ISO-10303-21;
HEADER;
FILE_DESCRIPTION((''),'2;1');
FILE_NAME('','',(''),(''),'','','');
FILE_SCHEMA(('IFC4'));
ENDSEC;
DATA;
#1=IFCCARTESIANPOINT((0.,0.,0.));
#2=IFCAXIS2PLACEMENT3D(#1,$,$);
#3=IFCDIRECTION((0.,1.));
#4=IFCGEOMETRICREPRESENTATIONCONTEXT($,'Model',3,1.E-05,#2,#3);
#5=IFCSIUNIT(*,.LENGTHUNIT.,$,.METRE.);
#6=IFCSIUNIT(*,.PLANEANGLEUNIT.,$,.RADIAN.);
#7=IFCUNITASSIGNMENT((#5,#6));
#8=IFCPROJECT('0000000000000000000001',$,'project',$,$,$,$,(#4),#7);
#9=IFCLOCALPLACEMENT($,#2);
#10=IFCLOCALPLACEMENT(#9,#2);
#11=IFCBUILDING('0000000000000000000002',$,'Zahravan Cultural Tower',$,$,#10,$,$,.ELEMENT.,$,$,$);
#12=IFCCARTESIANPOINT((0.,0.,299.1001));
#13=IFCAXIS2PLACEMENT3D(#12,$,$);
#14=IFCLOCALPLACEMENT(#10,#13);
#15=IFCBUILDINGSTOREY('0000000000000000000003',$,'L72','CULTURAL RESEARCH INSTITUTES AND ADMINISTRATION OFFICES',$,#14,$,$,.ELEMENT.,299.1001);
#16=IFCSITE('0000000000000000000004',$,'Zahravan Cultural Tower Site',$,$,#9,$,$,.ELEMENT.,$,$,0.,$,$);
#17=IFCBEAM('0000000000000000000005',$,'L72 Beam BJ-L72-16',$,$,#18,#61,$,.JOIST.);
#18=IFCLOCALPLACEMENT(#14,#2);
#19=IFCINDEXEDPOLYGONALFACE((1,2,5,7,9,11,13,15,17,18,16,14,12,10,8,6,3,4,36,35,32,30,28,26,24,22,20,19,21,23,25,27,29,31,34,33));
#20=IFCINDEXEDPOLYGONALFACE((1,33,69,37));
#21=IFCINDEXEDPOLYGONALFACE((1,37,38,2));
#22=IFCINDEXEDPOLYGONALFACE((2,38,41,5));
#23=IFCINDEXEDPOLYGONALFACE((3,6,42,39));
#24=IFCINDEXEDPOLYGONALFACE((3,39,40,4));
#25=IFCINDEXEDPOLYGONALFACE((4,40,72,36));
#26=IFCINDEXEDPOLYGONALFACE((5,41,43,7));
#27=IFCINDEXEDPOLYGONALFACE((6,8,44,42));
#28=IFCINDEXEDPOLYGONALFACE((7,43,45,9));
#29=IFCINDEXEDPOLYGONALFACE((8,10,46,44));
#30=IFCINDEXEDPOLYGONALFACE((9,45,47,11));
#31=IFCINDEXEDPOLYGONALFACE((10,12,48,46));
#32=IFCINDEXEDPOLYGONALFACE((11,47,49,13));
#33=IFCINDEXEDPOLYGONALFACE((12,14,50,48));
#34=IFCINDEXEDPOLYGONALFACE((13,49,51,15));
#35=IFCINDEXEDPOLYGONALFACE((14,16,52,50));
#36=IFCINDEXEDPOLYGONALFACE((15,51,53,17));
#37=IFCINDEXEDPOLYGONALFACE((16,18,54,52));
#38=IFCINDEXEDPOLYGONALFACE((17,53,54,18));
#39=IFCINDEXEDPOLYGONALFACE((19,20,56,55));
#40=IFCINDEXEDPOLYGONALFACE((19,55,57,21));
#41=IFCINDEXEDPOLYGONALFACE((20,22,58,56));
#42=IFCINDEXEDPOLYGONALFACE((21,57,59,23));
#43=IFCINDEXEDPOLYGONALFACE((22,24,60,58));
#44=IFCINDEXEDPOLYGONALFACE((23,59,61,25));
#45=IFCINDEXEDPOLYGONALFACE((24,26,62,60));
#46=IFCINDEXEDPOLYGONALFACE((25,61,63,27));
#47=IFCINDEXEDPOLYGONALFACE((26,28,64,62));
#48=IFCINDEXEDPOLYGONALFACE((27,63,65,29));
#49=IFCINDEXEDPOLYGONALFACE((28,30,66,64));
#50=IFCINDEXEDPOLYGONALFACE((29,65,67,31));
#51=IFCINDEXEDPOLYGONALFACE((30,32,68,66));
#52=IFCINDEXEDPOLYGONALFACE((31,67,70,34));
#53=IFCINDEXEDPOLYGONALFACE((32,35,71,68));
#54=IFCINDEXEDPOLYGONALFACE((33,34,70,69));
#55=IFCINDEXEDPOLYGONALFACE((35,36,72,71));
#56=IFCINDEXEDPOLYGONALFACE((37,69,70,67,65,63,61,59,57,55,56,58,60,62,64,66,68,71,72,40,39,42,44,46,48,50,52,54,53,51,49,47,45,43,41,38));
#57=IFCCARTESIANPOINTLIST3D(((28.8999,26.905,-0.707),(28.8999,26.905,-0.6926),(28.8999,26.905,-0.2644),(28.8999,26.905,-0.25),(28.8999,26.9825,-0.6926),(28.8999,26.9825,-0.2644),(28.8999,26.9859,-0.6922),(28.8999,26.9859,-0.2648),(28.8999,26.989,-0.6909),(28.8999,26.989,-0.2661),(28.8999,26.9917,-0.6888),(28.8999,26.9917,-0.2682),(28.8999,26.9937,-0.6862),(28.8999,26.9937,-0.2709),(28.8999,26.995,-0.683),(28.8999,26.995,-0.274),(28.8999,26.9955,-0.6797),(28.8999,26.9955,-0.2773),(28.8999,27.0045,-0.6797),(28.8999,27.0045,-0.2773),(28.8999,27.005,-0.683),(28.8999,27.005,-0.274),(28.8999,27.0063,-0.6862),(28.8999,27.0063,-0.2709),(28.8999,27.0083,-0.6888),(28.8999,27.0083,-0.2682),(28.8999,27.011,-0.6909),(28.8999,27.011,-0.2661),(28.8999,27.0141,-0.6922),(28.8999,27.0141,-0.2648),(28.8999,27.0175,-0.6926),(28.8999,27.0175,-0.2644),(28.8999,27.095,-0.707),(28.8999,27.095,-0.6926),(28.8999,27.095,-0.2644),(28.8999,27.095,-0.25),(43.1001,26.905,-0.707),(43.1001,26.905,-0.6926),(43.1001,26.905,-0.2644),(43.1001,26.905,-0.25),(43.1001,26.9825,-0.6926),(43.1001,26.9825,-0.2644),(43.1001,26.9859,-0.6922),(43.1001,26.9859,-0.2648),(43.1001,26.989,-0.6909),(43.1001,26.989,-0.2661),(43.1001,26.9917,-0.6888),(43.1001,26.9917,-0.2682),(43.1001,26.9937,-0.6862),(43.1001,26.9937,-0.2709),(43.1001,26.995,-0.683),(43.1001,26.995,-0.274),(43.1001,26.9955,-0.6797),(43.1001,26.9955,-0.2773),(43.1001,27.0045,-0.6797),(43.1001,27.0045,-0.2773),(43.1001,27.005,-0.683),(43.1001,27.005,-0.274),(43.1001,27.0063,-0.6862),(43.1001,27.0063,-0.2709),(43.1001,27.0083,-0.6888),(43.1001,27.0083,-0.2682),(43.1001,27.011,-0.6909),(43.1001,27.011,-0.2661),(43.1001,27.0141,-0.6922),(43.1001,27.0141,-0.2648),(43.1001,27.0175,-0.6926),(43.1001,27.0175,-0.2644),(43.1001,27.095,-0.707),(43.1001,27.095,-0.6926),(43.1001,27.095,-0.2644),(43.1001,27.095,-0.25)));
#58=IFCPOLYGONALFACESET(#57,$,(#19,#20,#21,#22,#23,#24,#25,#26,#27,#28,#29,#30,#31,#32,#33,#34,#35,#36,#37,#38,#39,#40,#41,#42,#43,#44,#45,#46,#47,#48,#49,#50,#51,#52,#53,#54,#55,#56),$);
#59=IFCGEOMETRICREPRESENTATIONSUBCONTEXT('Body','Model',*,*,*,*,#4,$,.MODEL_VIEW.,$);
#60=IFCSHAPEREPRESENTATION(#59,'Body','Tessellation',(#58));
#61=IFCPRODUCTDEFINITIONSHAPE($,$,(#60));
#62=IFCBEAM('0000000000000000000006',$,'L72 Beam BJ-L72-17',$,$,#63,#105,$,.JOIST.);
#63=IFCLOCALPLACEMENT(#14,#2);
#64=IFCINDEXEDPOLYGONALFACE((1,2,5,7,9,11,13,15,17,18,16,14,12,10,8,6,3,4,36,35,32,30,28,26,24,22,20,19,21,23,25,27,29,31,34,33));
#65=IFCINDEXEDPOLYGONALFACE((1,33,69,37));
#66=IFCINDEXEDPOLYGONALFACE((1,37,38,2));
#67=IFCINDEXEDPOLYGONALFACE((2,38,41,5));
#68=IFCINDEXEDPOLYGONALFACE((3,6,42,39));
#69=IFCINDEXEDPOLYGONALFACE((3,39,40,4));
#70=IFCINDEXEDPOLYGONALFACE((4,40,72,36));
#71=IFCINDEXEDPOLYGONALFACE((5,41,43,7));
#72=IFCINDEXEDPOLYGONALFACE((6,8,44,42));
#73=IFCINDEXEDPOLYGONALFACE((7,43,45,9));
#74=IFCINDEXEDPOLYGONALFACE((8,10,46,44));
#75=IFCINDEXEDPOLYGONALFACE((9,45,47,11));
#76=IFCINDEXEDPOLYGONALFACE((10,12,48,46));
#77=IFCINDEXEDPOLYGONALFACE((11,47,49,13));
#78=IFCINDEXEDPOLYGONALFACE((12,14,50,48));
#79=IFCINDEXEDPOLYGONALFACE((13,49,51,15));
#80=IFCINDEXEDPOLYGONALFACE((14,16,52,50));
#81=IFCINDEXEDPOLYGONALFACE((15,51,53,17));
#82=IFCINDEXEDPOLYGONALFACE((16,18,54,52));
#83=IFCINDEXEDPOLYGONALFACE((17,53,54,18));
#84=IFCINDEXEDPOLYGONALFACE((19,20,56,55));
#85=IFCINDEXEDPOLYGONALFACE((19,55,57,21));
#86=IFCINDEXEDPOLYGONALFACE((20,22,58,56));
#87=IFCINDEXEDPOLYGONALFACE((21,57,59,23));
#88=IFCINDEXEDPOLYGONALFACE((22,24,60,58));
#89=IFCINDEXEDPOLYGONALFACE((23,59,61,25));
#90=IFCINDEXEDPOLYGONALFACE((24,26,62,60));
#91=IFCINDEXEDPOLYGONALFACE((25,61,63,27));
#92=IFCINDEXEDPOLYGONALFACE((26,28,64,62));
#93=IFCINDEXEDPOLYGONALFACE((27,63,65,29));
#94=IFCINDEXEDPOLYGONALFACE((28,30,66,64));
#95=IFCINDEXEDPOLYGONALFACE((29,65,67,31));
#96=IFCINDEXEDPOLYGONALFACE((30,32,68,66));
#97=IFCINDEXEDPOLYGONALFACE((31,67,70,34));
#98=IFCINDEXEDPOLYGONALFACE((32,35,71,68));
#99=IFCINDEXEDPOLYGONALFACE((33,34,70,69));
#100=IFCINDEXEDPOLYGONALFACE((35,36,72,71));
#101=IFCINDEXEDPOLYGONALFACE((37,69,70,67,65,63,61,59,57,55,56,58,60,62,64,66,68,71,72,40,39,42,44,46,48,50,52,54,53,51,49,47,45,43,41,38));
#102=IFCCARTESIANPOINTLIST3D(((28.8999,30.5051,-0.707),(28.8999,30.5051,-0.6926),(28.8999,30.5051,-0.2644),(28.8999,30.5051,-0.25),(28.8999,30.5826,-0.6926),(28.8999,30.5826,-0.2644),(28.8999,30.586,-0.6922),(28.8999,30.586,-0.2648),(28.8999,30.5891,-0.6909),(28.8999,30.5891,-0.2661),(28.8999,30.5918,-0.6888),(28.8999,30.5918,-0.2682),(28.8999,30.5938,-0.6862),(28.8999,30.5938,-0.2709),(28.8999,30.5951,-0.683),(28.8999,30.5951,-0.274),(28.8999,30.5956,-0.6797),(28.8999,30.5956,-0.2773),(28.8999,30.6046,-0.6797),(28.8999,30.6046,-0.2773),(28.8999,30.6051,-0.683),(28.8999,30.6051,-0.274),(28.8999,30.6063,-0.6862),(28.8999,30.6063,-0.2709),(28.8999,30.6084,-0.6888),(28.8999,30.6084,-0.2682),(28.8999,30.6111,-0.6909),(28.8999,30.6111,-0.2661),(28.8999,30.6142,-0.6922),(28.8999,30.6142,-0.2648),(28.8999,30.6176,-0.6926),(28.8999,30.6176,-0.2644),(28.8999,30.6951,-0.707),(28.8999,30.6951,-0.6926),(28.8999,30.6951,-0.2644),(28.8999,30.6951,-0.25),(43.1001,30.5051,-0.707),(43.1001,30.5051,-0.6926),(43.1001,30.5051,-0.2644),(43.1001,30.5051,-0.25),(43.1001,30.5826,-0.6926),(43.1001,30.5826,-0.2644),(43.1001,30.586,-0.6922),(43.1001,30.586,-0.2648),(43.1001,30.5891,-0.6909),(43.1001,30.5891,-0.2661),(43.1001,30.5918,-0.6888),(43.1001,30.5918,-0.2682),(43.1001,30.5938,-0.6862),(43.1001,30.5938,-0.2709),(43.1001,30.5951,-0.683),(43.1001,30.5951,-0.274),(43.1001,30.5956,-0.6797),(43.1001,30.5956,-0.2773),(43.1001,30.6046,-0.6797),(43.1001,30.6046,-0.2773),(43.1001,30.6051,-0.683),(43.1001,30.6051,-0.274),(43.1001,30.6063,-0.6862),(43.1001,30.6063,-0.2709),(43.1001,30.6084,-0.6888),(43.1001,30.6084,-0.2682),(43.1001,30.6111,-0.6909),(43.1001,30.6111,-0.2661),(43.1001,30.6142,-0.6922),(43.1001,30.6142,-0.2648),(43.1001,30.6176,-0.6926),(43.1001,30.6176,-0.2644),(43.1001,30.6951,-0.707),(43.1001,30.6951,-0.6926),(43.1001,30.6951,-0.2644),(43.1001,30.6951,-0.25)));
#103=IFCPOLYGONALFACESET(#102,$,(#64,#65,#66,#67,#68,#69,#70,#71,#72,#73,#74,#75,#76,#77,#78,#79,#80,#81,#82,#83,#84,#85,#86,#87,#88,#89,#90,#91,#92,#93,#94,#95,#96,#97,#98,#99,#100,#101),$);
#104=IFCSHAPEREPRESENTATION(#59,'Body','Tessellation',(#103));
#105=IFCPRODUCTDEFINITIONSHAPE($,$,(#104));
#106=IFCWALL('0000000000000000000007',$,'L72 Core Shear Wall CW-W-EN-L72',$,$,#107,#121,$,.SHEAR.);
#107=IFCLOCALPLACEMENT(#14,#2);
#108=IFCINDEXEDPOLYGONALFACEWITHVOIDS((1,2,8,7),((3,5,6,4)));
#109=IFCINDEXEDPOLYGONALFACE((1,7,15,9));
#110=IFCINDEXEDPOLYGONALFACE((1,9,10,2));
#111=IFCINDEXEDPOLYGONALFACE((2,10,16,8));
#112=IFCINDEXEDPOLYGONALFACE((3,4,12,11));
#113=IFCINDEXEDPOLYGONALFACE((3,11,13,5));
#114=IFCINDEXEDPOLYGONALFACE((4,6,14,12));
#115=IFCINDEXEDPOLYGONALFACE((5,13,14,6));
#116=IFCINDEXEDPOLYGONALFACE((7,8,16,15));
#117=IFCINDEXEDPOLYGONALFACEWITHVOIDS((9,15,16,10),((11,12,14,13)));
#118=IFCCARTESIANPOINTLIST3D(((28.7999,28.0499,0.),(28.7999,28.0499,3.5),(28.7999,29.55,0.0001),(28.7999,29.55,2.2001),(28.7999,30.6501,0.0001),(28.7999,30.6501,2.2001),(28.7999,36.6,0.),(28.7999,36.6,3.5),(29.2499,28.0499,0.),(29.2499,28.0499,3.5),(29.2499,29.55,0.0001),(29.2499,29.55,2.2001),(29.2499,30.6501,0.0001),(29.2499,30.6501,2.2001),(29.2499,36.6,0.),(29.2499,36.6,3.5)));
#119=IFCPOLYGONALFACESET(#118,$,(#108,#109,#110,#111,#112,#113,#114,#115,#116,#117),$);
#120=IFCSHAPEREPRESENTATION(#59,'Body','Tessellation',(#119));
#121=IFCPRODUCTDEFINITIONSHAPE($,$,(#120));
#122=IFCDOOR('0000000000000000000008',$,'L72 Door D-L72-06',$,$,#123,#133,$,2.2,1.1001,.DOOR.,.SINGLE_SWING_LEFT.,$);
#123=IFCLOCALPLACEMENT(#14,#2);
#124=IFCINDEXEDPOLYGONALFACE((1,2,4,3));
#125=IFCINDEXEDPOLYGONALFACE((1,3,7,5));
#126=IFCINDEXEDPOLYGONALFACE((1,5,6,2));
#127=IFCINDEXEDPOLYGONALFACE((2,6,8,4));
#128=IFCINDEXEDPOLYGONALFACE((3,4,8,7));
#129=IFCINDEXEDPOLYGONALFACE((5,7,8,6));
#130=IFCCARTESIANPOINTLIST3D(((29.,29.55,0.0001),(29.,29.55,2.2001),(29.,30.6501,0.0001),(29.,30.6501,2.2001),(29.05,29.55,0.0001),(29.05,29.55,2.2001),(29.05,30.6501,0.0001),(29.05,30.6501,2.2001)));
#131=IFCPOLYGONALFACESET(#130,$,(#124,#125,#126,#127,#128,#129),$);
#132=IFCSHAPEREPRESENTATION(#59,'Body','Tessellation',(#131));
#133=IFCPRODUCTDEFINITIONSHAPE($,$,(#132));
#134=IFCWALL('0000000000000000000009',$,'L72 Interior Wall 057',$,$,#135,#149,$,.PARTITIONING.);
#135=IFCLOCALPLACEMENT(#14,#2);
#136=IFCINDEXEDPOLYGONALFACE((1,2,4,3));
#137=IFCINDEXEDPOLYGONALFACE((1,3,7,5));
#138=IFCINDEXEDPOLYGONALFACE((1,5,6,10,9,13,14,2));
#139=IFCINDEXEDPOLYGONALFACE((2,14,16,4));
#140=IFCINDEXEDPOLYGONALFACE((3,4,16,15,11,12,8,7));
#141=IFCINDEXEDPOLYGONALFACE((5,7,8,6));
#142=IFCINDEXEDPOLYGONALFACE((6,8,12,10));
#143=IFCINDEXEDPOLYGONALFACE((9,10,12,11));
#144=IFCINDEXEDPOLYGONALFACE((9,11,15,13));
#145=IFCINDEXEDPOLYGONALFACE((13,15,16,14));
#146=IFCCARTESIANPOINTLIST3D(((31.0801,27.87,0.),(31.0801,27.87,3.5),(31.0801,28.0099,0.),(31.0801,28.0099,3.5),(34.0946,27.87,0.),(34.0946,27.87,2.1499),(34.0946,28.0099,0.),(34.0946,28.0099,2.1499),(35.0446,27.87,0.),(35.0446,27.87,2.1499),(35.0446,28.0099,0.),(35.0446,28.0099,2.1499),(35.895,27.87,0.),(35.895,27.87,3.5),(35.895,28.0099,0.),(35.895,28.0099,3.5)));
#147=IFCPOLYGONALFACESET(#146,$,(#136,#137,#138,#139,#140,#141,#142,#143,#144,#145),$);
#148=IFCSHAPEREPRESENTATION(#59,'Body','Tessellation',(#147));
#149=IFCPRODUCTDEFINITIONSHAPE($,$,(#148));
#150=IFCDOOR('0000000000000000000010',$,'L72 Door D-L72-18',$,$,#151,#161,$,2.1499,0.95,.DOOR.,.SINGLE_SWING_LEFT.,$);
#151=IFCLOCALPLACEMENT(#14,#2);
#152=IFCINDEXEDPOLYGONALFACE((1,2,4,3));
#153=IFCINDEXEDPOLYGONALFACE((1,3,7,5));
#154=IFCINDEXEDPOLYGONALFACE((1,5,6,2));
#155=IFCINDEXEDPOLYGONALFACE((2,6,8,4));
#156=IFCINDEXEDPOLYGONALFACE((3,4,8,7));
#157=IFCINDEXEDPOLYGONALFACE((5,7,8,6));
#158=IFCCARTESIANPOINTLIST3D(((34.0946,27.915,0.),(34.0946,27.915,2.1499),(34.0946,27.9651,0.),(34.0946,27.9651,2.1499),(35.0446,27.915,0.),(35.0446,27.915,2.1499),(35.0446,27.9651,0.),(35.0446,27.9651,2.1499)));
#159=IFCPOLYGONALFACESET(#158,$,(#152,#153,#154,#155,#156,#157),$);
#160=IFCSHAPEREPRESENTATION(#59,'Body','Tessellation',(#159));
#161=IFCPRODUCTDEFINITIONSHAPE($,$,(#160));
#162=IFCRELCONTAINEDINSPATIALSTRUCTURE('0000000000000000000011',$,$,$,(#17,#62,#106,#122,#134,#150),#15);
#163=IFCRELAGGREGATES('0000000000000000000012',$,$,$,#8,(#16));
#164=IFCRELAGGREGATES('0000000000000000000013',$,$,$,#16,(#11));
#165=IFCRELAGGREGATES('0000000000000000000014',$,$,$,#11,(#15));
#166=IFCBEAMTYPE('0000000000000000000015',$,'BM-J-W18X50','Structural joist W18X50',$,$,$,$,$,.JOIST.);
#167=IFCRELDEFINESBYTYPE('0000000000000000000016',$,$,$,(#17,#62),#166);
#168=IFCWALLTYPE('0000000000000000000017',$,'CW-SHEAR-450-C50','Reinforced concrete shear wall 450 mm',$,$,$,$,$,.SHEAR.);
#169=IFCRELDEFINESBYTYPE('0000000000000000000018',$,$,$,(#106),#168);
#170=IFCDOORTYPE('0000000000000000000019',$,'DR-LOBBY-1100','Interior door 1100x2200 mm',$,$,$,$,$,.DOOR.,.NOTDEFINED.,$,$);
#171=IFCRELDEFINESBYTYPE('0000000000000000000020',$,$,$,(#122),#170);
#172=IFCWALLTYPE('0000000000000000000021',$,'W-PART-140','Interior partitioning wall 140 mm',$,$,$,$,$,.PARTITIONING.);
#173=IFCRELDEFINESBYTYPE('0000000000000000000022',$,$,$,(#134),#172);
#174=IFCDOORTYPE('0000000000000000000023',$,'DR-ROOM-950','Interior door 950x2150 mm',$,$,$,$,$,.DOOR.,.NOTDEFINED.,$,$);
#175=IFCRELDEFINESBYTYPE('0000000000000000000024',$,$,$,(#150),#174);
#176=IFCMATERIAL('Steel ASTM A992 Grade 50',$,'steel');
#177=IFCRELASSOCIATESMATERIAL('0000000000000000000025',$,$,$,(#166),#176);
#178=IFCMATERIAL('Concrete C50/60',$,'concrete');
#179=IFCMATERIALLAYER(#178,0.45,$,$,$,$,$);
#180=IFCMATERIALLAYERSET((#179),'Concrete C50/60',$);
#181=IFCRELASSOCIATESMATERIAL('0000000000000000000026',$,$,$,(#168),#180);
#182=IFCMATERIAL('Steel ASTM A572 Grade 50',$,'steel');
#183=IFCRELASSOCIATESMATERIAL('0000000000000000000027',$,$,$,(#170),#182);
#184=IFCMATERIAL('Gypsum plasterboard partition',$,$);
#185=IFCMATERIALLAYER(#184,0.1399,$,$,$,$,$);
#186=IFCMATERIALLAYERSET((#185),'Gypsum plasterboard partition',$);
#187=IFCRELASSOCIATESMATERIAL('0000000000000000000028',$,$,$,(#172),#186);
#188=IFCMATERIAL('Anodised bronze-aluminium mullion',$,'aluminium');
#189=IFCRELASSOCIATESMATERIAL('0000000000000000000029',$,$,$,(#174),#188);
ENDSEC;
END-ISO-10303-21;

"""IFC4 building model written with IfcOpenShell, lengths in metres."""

from ifc_helpers import new_model, si_unit, direction, frame, frame_2d, origin, origin_2d, place, context, subcontext, project, spatial, rectangle, i_section, extrude, source, transform, mapped, material, layer, layer_set, material_profile, profile_set, type_object, element, fill, save


model = new_model("IFC4")

# Units and contexts
model_context = context("Model", 3, precision=1e-05, world=origin(), true_north=direction((0.0, 1.0)))
body_context = subcontext(model_context, "Body", "Model", "MODEL_VIEW")
ifc_project = project(units=[si_unit("LENGTHUNIT", "METRE"), si_unit("PLANEANGLEUNIT", "RADIAN")], contexts=[model_context])

# Site, building, storey
site_placement = place(None, origin())
site = spatial("IfcSite", under=ifc_project, at=site_placement, Name="Zahravan Cultural Tower Site", CompositionType="ELEMENT", RefElevation=0.0)
building_placement = place(site_placement, origin())
building = spatial("IfcBuilding", under=site, at=building_placement, Name="Zahravan Cultural Tower", CompositionType="ELEMENT")
storey_placement = place(building_placement, frame((0.0, 0.0, 299.1001)))
storey = spatial("IfcBuildingStorey", under=building, at=storey_placement, Name="L72", Description="CULTURAL RESEARCH INSTITUTES AND ADMINISTRATION OFFICES", CompositionType="ELEMENT", Elevation=299.1001)

# Beams
ifc_material_1 = material(Name="Steel ASTM A992 Grade 50", Category="steel")
ifc_material_profile = material_profile(ifc_material_1, i_section(OverallWidth=0.1899, OverallDepth=0.457, WebThickness=0.009, FlangeThickness=0.0144, FilletRadius=0.0129, at=origin_2d()), Name="W18X50")
ifc_profile_set = profile_set([ifc_material_profile], Name="Steel ASTM A992 Grade 50")
beam_type = type_object("IfcBeamType", Name="BM-J-W18X50", Description="Structural joist W18X50", PredefinedType="JOIST", material=ifc_profile_set)
shared_shape_1 = source(origin(), body_context, "Body", "SweptSolid", [
    extrude(i_section(OverallWidth=0.1899, OverallDepth=0.457, WebThickness=0.009, FlangeThickness=0.0144, FilletRadius=0.0129, at=origin_2d()), origin(), (0.0, 0.0, 1.0), 14.2002),
])
for number, where, z_axis, x_axis, name in (
    (1, (28.8999, 27.0, -0.4785), (1.0, 0.0, 0.0), (0.0, 1.0, 0.0), "L72 Beam BJ-L72-16"),
    (2, (28.8999, 30.6001, -0.4785), (1.0, 0.0, 0.0), (0.0, 1.0, 0.0), "L72 Beam BJ-L72-17"),
):
    element("IfcBeam", number, at=place(storey_placement, frame(where, z_axis=z_axis, x_axis=x_axis)), inside=storey, type_object=beam_type, Name=name, PredefinedType="JOIST", context=body_context, shape_type="MappedRepresentation", body=[
        mapped(shared_shape_1, transform((0.0, 0.0, 0.0), x_axis=(1.0, 0.0, 0.0), y_axis=(0.0, 1.0, 0.0), z_axis=(0.0, 0.0, 1.0), scale=1.0)),
    ])

# Walls, openings, doors
ifc_material_2 = material(Name="Concrete C50/60", Category="concrete")
ifc_layer_1 = layer(ifc_material_2, 0.45)
ifc_layer_set_1 = layer_set([ifc_layer_1], Name="Concrete C50/60")
wall_type_1 = type_object("IfcWallType", Name="CW-SHEAR-450-C50", Description="Reinforced concrete shear wall 450 mm", PredefinedType="SHEAR", material=ifc_layer_set_1)
wall_1_placement = place(storey_placement, frame((29.0249, 28.05, 0.0), z_axis=(0.0, 0.0, 1.0), x_axis=(0.0, 1.0, 0.0)))
wall_1 = element("IfcWall", 3, at=wall_1_placement, inside=storey, type_object=wall_type_1, Name="L72 Core Shear Wall CW-W-EN-L72", PredefinedType="SHEAR", context=body_context, shape_type="SweptSolid", body=[
    extrude(rectangle(XDim=8.55, YDim=0.45, at=frame_2d((4.2749, 0.0))), origin(), (0.0, 0.0, 1.0), 3.5),
])
opening_1_placement = place(wall_1_placement, frame((1.5, 0.0, 0.0)))
opening_1 = element("IfcOpeningElement", 4, at=opening_1_placement, cuts=wall_1, PredefinedType="OPENING", context=body_context, shape_type="SweptSolid", body=[
    extrude(rectangle(XDim=1.1001, YDim=2.2, at=frame_2d((0.55, 1.1001))), frame((0.0, 0.2349, 0.0), z_axis=(0.0, -1.0, 0.0), x_axis=(1.0, 0.0, 0.0)), (0.0, 0.0, 1.0), 0.47),
])
ifc_material_3 = material(Name="Steel ASTM A572 Grade 50", Category="steel")
door_type_1 = type_object("IfcDoorType", Name="DR-LOBBY-1100", Description="Interior door 1100x2200 mm", OperationType="NOTDEFINED", PredefinedType="DOOR", material=ifc_material_3)
shared_shape_2 = source(origin(), body_context, "Body", "SweptSolid", [
    extrude(rectangle(XDim=1.1001, YDim=2.2, at=frame_2d((0.55, 1.1001))), frame((0.0, 0.0249, 0.0), z_axis=(0.0, -1.0, 0.0), x_axis=(1.0, 0.0, 0.0)), (0.0, 0.0, 1.0), 0.05),
])
door_1_placement = place(opening_1_placement, origin())
door_1 = element("IfcDoor", 5, at=door_1_placement, inside=storey, type_object=door_type_1, Name="L72 Door D-L72-06", OperationType="SINGLE_SWING_LEFT", OverallHeight=2.2, OverallWidth=1.1001, PredefinedType="DOOR", context=body_context, shape_type="MappedRepresentation", body=[
    mapped(shared_shape_2, transform((0.0, 0.0, 0.0), x_axis=(1.0, 0.0, 0.0), y_axis=(0.0, 1.0, 0.0), z_axis=(0.0, 0.0, 1.0), scale=1.0)),
])
fill(opening_1, door_1)
ifc_material_4 = material(Name="Gypsum plasterboard partition")
ifc_layer_2 = layer(ifc_material_4, 0.1399)
ifc_layer_set_2 = layer_set([ifc_layer_2], Name="Gypsum plasterboard partition")
wall_type_2 = type_object("IfcWallType", Name="W-PART-140", Description="Interior partitioning wall 140 mm", PredefinedType="PARTITIONING", material=ifc_layer_set_2)
wall_2_placement = place(storey_placement, frame((35.895, 27.9399, 0.0), z_axis=(0.0, 0.0, 1.0), x_axis=(-1.0, 0.0, 0.0)))
wall_2 = element("IfcWall", 6, at=wall_2_placement, inside=storey, type_object=wall_type_2, Name="L72 Interior Wall 057", PredefinedType="PARTITIONING", context=body_context, shape_type="SweptSolid", body=[
    extrude(rectangle(XDim=4.8149, YDim=0.1399, at=frame_2d((2.4075, 0.0))), origin(), (0.0, 0.0, 1.0), 3.5),
])
opening_2_placement = place(wall_2_placement, frame((0.8503, 0.0, 0.0)))
opening_2 = element("IfcOpeningElement", 7, at=opening_2_placement, cuts=wall_2, PredefinedType="OPENING", context=body_context, shape_type="SweptSolid", body=[
    extrude(rectangle(XDim=0.95, YDim=2.1499, at=frame_2d((0.4751, 1.075))), frame((0.0, 0.0798, 0.0), z_axis=(0.0, -1.0, 0.0), x_axis=(1.0, 0.0, 0.0)), (0.0, 0.0, 1.0), 0.1599),
])
ifc_material_5 = material(Name="Anodised bronze-aluminium mullion", Category="aluminium")
door_type_2 = type_object("IfcDoorType", Name="DR-ROOM-950", Description="Interior door 950x2150 mm", OperationType="NOTDEFINED", PredefinedType="DOOR", material=ifc_material_5)
shared_shape_3 = source(origin(), body_context, "Body", "SweptSolid", [
    extrude(rectangle(XDim=0.95, YDim=2.1499, at=frame_2d((0.4751, 1.075))), frame((0.0, 0.0249, 0.0), z_axis=(0.0, -1.0, 0.0), x_axis=(1.0, 0.0, 0.0)), (0.0, 0.0, 1.0), 0.05),
])
door_2_placement = place(opening_2_placement, origin())
door_2 = element("IfcDoor", 8, at=door_2_placement, inside=storey, type_object=door_type_2, Name="L72 Door D-L72-18", OperationType="SINGLE_SWING_LEFT", OverallHeight=2.1499, OverallWidth=0.95, PredefinedType="DOOR", context=body_context, shape_type="MappedRepresentation", body=[
    mapped(shared_shape_3, transform((0.0, 0.0, 0.0), x_axis=(1.0, 0.0, 0.0), y_axis=(0.0, 1.0, 0.0), z_axis=(0.0, 0.0, 1.0), scale=1.0)),
])
fill(opening_2, door_2)

save(model, "model.ifc")
